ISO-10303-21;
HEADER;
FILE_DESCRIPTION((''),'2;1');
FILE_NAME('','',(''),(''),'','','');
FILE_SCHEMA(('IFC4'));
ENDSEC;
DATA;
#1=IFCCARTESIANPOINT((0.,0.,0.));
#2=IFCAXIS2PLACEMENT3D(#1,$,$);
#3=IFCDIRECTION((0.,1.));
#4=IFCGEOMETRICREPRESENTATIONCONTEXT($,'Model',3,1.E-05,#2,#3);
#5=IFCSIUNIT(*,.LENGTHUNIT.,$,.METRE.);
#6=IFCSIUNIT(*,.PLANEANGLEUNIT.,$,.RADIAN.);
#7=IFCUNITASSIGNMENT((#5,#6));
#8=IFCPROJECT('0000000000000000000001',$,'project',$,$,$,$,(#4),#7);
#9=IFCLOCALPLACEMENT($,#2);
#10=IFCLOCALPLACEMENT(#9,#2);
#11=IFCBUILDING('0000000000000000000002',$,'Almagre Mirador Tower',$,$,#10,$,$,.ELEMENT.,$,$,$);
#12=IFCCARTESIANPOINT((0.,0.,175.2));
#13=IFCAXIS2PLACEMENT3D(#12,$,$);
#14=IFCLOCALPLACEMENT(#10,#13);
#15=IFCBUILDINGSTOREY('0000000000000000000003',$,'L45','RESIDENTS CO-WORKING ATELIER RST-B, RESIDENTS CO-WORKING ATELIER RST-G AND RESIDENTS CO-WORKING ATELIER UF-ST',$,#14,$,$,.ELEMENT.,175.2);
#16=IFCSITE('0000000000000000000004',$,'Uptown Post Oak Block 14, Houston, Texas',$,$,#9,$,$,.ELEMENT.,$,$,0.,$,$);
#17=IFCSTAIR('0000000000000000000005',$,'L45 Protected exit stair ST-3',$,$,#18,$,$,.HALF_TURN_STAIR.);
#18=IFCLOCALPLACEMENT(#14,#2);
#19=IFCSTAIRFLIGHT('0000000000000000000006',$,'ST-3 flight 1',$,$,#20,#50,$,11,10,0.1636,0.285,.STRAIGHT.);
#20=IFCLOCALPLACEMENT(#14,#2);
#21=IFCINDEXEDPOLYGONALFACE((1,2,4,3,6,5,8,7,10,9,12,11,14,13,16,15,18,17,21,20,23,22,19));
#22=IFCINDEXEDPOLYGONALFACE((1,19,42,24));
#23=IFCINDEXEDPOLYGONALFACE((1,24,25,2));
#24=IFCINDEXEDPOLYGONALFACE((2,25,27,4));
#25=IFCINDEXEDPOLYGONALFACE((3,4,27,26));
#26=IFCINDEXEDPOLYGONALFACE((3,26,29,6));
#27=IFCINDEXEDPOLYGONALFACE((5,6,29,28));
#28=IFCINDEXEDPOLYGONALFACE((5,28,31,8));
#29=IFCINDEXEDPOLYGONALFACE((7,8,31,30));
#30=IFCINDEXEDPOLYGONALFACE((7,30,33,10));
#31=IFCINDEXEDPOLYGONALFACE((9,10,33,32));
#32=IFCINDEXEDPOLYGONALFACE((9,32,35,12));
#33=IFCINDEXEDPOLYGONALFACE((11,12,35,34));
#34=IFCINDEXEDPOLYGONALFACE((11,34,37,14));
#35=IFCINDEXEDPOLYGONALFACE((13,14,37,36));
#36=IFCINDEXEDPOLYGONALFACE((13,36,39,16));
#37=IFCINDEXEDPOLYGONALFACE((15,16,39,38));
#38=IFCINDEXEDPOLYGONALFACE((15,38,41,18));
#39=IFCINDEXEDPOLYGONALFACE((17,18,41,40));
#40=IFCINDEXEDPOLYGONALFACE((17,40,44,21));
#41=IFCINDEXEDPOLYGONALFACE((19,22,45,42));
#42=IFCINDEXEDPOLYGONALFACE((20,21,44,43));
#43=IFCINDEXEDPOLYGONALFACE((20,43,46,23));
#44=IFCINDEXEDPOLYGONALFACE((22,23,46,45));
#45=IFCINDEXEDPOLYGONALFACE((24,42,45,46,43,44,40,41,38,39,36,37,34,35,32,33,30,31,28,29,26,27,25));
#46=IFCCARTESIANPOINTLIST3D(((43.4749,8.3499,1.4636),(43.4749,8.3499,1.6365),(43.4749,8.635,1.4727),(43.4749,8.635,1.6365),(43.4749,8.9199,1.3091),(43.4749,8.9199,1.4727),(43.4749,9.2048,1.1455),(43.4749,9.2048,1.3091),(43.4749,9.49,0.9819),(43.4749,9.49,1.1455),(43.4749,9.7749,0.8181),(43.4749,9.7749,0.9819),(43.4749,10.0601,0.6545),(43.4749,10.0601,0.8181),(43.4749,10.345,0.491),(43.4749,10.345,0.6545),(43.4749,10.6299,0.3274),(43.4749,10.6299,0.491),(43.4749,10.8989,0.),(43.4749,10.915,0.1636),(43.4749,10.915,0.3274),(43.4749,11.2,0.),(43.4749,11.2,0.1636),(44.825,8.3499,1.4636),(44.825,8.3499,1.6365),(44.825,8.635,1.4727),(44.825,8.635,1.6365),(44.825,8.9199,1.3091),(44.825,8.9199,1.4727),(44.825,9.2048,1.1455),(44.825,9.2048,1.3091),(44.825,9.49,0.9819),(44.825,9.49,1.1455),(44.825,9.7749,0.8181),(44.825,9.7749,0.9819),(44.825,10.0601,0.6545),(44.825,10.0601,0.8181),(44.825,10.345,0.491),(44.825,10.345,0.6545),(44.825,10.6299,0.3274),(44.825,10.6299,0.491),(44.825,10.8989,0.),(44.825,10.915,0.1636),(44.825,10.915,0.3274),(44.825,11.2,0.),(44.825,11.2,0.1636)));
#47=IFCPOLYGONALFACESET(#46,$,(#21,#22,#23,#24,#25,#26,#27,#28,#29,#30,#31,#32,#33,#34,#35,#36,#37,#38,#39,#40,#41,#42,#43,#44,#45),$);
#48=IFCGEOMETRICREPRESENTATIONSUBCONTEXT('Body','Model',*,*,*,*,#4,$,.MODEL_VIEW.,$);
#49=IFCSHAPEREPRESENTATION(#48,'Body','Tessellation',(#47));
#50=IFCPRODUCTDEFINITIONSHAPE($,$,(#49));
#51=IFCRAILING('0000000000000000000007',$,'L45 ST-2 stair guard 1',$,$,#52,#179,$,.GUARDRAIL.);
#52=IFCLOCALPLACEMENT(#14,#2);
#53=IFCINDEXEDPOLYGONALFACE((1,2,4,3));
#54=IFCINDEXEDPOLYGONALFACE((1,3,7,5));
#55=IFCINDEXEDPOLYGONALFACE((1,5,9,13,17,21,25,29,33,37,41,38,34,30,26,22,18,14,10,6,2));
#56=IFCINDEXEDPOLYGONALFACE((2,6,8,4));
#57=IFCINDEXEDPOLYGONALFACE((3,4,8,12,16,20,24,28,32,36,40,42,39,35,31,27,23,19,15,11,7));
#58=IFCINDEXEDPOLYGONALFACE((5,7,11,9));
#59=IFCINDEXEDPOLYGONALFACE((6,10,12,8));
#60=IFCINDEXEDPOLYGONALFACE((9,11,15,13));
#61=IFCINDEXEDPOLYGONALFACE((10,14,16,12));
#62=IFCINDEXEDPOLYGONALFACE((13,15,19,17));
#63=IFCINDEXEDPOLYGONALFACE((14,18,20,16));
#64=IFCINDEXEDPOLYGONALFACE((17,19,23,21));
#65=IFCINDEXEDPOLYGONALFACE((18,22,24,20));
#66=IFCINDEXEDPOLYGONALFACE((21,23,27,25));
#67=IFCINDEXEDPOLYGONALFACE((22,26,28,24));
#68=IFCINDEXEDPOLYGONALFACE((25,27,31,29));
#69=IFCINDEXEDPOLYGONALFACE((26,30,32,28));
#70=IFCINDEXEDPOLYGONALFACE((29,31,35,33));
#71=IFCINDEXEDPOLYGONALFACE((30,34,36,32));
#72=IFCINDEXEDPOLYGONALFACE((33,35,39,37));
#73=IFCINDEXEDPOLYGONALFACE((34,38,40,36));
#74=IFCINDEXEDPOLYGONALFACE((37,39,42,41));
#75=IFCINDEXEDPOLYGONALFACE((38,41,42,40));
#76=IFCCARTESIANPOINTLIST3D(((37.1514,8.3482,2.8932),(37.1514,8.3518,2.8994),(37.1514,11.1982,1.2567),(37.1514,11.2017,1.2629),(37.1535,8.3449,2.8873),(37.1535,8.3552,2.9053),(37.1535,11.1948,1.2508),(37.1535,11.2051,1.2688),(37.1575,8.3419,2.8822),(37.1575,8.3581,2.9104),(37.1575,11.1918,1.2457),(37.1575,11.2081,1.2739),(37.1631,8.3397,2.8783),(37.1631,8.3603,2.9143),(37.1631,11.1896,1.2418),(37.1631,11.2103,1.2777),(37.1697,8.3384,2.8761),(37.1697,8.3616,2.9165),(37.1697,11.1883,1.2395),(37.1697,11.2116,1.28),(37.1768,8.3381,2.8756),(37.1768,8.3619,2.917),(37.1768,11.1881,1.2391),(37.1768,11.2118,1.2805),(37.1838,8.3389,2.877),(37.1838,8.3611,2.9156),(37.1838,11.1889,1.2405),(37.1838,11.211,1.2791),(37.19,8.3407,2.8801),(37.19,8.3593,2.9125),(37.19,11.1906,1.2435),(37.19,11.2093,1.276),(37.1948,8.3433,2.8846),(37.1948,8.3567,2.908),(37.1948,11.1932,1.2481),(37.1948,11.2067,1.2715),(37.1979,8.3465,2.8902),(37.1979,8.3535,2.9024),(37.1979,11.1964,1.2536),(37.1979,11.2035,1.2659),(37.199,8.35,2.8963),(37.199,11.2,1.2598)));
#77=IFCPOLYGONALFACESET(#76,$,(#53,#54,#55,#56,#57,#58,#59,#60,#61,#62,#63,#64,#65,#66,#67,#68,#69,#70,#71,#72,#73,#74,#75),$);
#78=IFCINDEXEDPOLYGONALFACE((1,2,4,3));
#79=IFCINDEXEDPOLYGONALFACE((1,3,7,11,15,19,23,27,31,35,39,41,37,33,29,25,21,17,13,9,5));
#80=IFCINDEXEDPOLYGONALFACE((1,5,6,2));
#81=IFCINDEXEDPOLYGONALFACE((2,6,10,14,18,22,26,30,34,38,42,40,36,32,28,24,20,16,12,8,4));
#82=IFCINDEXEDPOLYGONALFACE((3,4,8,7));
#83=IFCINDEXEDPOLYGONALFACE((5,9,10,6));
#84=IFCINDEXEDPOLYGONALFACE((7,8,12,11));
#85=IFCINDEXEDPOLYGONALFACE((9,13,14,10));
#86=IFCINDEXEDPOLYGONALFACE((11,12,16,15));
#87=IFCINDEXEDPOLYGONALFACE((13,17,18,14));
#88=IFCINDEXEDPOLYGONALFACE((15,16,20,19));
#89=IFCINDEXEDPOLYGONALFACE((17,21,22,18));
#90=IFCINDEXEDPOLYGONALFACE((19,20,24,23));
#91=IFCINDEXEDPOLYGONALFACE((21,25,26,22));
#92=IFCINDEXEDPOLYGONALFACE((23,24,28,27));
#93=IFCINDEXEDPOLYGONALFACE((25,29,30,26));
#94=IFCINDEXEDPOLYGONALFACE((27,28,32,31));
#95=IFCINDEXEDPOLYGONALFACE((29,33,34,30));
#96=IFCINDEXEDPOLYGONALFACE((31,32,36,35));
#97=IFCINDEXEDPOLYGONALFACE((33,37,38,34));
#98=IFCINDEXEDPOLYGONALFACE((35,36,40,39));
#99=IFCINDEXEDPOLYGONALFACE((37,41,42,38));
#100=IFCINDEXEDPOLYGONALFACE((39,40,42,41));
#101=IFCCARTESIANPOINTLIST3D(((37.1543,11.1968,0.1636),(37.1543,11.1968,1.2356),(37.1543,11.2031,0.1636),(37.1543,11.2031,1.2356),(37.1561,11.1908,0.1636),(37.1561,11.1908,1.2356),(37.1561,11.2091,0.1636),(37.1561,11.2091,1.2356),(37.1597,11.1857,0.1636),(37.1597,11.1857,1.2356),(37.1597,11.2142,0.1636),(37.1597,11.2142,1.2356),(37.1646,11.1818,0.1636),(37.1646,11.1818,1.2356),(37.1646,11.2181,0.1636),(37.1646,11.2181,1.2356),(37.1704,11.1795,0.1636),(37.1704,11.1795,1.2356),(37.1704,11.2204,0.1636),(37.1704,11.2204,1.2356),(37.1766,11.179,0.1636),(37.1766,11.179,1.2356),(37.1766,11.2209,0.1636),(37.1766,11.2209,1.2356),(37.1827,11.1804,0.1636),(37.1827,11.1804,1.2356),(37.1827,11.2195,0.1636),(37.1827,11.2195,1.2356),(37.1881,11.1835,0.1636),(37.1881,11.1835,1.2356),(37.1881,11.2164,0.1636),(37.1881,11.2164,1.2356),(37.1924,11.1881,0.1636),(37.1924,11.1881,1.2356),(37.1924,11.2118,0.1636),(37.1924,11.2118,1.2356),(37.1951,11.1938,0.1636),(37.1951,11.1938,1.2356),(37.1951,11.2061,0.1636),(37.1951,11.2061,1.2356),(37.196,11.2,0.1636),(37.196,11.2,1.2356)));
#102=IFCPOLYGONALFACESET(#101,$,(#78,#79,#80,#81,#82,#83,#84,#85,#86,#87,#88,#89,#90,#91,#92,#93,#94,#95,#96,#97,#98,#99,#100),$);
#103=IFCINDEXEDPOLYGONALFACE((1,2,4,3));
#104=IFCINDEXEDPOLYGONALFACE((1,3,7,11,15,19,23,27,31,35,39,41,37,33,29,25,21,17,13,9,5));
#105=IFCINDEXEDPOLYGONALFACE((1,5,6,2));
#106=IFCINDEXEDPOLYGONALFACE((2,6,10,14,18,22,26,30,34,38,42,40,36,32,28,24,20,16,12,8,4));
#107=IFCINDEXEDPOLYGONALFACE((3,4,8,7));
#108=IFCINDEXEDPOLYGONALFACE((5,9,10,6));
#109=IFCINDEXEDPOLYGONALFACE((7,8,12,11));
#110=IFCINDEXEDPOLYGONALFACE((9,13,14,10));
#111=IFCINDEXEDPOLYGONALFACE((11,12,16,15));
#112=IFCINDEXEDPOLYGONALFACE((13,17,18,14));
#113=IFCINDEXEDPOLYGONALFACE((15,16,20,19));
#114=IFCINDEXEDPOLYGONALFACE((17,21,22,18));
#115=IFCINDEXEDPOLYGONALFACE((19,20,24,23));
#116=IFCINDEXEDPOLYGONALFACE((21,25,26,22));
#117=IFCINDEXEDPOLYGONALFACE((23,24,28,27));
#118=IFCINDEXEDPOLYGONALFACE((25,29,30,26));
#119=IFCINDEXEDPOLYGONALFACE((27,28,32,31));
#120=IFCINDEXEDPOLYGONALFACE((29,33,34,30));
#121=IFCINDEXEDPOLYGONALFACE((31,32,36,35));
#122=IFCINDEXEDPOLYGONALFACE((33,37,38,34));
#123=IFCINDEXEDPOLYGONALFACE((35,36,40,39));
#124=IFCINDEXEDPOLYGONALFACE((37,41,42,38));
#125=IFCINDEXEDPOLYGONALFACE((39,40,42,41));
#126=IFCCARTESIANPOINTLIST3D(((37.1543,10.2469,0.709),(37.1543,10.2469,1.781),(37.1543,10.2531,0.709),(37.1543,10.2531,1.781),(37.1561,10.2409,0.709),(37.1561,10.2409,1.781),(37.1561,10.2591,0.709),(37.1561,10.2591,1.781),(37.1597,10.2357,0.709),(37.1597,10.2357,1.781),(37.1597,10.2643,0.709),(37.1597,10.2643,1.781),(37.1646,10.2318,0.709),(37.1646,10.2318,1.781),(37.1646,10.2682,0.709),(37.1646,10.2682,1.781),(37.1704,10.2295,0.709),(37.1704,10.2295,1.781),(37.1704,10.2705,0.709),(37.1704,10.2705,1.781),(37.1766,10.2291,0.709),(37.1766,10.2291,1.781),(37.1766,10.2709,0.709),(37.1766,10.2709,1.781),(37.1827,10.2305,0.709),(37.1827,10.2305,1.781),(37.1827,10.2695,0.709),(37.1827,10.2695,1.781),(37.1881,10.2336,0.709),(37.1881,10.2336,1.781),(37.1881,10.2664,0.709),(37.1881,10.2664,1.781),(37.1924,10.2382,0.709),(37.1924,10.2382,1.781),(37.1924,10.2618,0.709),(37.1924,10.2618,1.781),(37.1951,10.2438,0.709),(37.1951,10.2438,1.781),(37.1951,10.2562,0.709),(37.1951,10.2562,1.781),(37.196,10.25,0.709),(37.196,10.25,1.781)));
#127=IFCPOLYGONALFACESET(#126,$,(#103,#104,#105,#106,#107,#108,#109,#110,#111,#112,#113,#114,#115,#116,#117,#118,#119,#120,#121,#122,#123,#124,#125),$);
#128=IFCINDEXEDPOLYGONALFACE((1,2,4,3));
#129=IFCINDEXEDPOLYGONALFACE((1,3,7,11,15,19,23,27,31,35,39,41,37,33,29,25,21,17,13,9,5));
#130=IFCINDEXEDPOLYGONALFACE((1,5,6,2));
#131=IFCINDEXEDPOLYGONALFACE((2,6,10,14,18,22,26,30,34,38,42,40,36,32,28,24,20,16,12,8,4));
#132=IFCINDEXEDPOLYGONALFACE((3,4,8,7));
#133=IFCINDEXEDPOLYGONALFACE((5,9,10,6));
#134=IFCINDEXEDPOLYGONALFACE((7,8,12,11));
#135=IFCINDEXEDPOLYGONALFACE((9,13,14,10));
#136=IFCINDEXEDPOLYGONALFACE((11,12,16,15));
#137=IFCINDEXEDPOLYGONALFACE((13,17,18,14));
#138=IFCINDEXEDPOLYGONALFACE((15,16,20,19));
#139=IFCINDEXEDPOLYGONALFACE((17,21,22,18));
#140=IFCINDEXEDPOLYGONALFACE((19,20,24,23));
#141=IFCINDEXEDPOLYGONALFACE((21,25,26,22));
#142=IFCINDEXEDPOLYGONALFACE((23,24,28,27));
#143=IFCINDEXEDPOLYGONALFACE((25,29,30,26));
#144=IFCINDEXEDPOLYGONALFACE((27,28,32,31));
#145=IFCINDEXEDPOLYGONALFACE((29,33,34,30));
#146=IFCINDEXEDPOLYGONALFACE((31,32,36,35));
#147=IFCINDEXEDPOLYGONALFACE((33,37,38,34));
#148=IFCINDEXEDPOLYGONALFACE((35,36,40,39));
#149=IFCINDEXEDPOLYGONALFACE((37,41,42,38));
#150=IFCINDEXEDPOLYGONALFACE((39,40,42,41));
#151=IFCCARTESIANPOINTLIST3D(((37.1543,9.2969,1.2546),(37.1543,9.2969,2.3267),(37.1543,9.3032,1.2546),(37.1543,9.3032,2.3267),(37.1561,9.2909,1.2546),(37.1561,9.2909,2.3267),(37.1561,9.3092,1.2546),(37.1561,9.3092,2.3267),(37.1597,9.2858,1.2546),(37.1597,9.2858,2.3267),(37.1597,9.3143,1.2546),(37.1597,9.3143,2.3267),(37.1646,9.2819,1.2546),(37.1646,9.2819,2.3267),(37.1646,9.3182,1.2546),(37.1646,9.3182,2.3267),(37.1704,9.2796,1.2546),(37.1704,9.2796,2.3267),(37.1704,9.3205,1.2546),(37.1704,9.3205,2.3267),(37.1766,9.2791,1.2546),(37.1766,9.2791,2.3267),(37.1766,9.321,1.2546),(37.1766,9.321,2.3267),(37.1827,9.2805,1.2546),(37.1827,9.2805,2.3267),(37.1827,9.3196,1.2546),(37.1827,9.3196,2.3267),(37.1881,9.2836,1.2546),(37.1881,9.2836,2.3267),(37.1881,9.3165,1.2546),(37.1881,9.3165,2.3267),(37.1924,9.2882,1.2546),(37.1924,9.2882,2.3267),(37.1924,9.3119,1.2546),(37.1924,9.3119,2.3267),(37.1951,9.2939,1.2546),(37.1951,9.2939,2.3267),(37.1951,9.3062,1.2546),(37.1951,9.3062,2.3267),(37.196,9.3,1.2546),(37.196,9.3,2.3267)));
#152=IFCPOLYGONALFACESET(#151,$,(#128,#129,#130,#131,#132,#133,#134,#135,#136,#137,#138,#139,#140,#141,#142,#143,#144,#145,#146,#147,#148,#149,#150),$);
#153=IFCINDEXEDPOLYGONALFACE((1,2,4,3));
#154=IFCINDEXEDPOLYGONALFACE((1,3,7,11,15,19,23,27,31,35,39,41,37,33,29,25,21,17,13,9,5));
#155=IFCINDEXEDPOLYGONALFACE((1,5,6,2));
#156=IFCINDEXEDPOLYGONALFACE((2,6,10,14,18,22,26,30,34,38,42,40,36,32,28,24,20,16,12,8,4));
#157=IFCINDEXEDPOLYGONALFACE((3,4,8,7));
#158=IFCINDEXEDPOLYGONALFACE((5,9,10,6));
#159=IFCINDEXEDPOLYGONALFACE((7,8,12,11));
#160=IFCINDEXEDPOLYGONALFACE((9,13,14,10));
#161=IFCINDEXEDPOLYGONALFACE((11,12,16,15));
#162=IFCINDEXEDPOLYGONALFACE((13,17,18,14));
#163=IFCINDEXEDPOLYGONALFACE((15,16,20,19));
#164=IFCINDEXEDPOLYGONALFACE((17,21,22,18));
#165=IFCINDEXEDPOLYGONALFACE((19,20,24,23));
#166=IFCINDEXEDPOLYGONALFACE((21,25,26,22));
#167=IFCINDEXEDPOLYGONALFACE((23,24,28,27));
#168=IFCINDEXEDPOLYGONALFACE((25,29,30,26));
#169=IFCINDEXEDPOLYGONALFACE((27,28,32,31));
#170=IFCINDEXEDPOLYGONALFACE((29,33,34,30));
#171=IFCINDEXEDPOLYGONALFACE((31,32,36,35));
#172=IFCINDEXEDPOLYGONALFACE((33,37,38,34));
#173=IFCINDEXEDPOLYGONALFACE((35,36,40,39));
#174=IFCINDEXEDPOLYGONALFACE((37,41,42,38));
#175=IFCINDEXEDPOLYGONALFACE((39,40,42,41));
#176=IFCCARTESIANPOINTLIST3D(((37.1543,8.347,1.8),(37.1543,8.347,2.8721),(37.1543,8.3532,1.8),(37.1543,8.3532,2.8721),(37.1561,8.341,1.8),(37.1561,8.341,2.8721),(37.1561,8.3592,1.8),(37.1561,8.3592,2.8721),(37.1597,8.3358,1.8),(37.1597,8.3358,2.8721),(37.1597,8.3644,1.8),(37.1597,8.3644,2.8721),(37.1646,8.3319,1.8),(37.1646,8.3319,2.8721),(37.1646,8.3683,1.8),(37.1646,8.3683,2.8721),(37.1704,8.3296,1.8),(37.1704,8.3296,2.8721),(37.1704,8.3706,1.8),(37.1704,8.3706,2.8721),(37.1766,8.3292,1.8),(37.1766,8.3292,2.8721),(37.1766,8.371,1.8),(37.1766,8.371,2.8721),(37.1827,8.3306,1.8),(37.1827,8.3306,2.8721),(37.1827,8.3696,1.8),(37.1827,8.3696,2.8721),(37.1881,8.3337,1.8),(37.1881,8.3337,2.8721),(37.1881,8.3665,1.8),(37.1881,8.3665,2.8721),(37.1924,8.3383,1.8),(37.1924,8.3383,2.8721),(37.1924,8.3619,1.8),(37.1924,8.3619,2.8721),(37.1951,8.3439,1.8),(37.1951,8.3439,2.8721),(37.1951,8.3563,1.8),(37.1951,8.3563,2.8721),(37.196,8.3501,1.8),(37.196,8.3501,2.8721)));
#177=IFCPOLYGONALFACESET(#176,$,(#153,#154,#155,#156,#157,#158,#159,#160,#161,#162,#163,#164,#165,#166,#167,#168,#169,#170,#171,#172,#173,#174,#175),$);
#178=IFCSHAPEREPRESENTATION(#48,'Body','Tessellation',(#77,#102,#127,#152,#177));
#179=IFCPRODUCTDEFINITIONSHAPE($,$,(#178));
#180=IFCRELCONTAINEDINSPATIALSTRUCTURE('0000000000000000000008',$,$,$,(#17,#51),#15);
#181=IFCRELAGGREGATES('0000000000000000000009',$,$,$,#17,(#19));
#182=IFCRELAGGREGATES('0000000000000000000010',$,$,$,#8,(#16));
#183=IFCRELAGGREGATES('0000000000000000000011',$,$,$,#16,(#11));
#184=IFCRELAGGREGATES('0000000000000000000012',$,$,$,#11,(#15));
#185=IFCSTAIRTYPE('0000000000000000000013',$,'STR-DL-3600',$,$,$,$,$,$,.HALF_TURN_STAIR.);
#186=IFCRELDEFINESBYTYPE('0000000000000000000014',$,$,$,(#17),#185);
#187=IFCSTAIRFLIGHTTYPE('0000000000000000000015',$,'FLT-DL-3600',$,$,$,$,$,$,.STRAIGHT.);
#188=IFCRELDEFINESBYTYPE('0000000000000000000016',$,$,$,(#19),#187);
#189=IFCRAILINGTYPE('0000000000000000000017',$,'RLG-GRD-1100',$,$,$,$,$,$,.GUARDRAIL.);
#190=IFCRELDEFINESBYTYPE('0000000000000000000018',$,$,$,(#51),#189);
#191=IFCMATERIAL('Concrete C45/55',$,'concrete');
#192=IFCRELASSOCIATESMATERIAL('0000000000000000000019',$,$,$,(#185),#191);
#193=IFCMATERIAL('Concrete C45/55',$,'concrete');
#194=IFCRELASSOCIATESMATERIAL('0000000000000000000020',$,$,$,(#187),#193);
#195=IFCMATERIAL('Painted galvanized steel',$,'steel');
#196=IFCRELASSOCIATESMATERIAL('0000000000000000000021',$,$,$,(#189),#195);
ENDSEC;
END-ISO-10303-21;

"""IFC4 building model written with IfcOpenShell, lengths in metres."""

from ifc_helpers import new_model, si_unit, direction, frame, origin, origin_2d, place, context, subcontext, project, spatial, polyline, circle, outline, extrude, material, type_object, element, aggregate, save


model = new_model("IFC4")

# Units and contexts
model_context = context("Model", 3, precision=1e-05, world=origin(), true_north=direction((0.0, 1.0)))
body_context = subcontext(model_context, "Body", "Model", "MODEL_VIEW")
ifc_project = project(units=[si_unit("LENGTHUNIT", "METRE"), si_unit("PLANEANGLEUNIT", "RADIAN")], contexts=[model_context])

# Site, building, storey
site_placement = place(None, origin())
site = spatial("IfcSite", under=ifc_project, at=site_placement, Name="Uptown Post Oak Block 14, Houston, Texas", CompositionType="ELEMENT", RefElevation=0.0)
building_placement = place(site_placement, origin())
building = spatial("IfcBuilding", under=site, at=building_placement, Name="Almagre Mirador Tower", CompositionType="ELEMENT")
storey_placement = place(building_placement, frame((0.0, 0.0, 175.2)))
storey = spatial("IfcBuildingStorey", under=building, at=storey_placement, Name="L45", Description="RESIDENTS CO-WORKING ATELIER RST-B, RESIDENTS CO-WORKING ATELIER RST-G AND RESIDENTS CO-WORKING ATELIER UF-ST", CompositionType="ELEMENT", Elevation=175.2)

# Shared definitions
ifc_material_1 = material(Name="Concrete C45/55", Category="concrete")
stair_type = type_object("IfcStairType", Name="STR-DL-3600", PredefinedType="HALF_TURN_STAIR", material=ifc_material_1)
ifc_material_2 = material(Name="Concrete C45/55", Category="concrete")
stair_flight_type = type_object("IfcStairFlightType", Name="FLT-DL-3600", PredefinedType="STRAIGHT", material=ifc_material_2)

# Stair, stair flight
stair_1_placement = place(storey_placement, origin())
stair_1 = element("IfcStair", 1, at=stair_1_placement, inside=storey, type_object=stair_type, Name="L45 Protected exit stair ST-3", PredefinedType="HALF_TURN_STAIR")
stair_flight_1_placement = place(storey_placement, frame((44.1499, 11.2, 0.0), z_axis=(0.0, 0.0, 1.0), x_axis=(0.0, -1.0, 0.0)))
stair_flight_1 = element("IfcStairFlight", 2, at=stair_flight_1_placement, type_object=stair_flight_type, Name="ST-3 flight 1", NumberOfRisers=11, NumberOfTreads=10, PredefinedType="STRAIGHT", RiserHeight=0.1636, TreadLength=0.285, context=body_context, shape_type="SweptSolid", body=[
    extrude(outline(polyline([(0.0, 0.0), (0.0, 0.1636), (0.2849, 0.1636), (0.2849, 0.3274), (0.5701, 0.3274), (0.5701, 0.491), (0.855, 0.491), (0.855, 0.6545), (1.1399, 0.6545), (1.1399, 0.8181), (1.425, 0.8181), (1.425, 0.9819), (1.71, 0.9819), (1.71, 1.1455), (1.9951, 1.1455), (1.9951, 1.3091), (2.28, 1.3091), (2.28, 1.4727), (2.5649, 1.4727), (2.5649, 1.6365), (2.8501, 1.6365), (2.8501, 1.8), (2.8501, 1.4636), (0.301, 0.0), (0.0, 0.0)])), frame((0.0, 0.675, 0.0), z_axis=(0.0, -1.0, 0.0), x_axis=(1.0, 0.0, 0.0)), (0.0, 0.0, 1.0), 1.3501),
])
aggregate(stair_1, [stair_flight_1])

# Railing
ifc_material_3 = material(Name="Painted galvanized steel", Category="steel")
railing_type_1 = type_object("IfcRailingType", Name="RLG-GRD-1100", PredefinedType="GUARDRAIL", material=ifc_material_3)
railing_1_placement = place(storey_placement, frame((37.175, 11.2, 0.1636)))
element("IfcRailing", 3, at=railing_1_placement, inside=storey, type_object=railing_type_1, Name="L45 ST-2 stair guard 1", PredefinedType="GUARDRAIL", context=body_context, shape_type="SweptSolid", body=[
    extrude(circle(Radius=0.0239, at=origin_2d()), frame((0.0, 0.0, 1.0962), z_axis=(0.0, -0.867194, 0.49797), x_axis=(1.0, 0.0, 0.0)), (0.0, 0.0, 1.0), 3.2864),
    extrude(circle(Radius=0.021, at=origin_2d()), origin(), (0.0, 0.0, 1.0), 1.072),
    extrude(circle(Radius=0.021, at=origin_2d()), frame((0.0, -0.95, 0.5454)), (0.0, 0.0, 1.0), 1.072),
    extrude(circle(Radius=0.021, at=origin_2d()), frame((0.0, -1.8999, 1.0911)), (0.0, 0.0, 1.0), 1.072),
    extrude(circle(Radius=0.021, at=origin_2d()), frame((0.0, -2.8499, 1.6365)), (0.0, 0.0, 1.0), 1.072),
])

save(model, "model.ifc")
